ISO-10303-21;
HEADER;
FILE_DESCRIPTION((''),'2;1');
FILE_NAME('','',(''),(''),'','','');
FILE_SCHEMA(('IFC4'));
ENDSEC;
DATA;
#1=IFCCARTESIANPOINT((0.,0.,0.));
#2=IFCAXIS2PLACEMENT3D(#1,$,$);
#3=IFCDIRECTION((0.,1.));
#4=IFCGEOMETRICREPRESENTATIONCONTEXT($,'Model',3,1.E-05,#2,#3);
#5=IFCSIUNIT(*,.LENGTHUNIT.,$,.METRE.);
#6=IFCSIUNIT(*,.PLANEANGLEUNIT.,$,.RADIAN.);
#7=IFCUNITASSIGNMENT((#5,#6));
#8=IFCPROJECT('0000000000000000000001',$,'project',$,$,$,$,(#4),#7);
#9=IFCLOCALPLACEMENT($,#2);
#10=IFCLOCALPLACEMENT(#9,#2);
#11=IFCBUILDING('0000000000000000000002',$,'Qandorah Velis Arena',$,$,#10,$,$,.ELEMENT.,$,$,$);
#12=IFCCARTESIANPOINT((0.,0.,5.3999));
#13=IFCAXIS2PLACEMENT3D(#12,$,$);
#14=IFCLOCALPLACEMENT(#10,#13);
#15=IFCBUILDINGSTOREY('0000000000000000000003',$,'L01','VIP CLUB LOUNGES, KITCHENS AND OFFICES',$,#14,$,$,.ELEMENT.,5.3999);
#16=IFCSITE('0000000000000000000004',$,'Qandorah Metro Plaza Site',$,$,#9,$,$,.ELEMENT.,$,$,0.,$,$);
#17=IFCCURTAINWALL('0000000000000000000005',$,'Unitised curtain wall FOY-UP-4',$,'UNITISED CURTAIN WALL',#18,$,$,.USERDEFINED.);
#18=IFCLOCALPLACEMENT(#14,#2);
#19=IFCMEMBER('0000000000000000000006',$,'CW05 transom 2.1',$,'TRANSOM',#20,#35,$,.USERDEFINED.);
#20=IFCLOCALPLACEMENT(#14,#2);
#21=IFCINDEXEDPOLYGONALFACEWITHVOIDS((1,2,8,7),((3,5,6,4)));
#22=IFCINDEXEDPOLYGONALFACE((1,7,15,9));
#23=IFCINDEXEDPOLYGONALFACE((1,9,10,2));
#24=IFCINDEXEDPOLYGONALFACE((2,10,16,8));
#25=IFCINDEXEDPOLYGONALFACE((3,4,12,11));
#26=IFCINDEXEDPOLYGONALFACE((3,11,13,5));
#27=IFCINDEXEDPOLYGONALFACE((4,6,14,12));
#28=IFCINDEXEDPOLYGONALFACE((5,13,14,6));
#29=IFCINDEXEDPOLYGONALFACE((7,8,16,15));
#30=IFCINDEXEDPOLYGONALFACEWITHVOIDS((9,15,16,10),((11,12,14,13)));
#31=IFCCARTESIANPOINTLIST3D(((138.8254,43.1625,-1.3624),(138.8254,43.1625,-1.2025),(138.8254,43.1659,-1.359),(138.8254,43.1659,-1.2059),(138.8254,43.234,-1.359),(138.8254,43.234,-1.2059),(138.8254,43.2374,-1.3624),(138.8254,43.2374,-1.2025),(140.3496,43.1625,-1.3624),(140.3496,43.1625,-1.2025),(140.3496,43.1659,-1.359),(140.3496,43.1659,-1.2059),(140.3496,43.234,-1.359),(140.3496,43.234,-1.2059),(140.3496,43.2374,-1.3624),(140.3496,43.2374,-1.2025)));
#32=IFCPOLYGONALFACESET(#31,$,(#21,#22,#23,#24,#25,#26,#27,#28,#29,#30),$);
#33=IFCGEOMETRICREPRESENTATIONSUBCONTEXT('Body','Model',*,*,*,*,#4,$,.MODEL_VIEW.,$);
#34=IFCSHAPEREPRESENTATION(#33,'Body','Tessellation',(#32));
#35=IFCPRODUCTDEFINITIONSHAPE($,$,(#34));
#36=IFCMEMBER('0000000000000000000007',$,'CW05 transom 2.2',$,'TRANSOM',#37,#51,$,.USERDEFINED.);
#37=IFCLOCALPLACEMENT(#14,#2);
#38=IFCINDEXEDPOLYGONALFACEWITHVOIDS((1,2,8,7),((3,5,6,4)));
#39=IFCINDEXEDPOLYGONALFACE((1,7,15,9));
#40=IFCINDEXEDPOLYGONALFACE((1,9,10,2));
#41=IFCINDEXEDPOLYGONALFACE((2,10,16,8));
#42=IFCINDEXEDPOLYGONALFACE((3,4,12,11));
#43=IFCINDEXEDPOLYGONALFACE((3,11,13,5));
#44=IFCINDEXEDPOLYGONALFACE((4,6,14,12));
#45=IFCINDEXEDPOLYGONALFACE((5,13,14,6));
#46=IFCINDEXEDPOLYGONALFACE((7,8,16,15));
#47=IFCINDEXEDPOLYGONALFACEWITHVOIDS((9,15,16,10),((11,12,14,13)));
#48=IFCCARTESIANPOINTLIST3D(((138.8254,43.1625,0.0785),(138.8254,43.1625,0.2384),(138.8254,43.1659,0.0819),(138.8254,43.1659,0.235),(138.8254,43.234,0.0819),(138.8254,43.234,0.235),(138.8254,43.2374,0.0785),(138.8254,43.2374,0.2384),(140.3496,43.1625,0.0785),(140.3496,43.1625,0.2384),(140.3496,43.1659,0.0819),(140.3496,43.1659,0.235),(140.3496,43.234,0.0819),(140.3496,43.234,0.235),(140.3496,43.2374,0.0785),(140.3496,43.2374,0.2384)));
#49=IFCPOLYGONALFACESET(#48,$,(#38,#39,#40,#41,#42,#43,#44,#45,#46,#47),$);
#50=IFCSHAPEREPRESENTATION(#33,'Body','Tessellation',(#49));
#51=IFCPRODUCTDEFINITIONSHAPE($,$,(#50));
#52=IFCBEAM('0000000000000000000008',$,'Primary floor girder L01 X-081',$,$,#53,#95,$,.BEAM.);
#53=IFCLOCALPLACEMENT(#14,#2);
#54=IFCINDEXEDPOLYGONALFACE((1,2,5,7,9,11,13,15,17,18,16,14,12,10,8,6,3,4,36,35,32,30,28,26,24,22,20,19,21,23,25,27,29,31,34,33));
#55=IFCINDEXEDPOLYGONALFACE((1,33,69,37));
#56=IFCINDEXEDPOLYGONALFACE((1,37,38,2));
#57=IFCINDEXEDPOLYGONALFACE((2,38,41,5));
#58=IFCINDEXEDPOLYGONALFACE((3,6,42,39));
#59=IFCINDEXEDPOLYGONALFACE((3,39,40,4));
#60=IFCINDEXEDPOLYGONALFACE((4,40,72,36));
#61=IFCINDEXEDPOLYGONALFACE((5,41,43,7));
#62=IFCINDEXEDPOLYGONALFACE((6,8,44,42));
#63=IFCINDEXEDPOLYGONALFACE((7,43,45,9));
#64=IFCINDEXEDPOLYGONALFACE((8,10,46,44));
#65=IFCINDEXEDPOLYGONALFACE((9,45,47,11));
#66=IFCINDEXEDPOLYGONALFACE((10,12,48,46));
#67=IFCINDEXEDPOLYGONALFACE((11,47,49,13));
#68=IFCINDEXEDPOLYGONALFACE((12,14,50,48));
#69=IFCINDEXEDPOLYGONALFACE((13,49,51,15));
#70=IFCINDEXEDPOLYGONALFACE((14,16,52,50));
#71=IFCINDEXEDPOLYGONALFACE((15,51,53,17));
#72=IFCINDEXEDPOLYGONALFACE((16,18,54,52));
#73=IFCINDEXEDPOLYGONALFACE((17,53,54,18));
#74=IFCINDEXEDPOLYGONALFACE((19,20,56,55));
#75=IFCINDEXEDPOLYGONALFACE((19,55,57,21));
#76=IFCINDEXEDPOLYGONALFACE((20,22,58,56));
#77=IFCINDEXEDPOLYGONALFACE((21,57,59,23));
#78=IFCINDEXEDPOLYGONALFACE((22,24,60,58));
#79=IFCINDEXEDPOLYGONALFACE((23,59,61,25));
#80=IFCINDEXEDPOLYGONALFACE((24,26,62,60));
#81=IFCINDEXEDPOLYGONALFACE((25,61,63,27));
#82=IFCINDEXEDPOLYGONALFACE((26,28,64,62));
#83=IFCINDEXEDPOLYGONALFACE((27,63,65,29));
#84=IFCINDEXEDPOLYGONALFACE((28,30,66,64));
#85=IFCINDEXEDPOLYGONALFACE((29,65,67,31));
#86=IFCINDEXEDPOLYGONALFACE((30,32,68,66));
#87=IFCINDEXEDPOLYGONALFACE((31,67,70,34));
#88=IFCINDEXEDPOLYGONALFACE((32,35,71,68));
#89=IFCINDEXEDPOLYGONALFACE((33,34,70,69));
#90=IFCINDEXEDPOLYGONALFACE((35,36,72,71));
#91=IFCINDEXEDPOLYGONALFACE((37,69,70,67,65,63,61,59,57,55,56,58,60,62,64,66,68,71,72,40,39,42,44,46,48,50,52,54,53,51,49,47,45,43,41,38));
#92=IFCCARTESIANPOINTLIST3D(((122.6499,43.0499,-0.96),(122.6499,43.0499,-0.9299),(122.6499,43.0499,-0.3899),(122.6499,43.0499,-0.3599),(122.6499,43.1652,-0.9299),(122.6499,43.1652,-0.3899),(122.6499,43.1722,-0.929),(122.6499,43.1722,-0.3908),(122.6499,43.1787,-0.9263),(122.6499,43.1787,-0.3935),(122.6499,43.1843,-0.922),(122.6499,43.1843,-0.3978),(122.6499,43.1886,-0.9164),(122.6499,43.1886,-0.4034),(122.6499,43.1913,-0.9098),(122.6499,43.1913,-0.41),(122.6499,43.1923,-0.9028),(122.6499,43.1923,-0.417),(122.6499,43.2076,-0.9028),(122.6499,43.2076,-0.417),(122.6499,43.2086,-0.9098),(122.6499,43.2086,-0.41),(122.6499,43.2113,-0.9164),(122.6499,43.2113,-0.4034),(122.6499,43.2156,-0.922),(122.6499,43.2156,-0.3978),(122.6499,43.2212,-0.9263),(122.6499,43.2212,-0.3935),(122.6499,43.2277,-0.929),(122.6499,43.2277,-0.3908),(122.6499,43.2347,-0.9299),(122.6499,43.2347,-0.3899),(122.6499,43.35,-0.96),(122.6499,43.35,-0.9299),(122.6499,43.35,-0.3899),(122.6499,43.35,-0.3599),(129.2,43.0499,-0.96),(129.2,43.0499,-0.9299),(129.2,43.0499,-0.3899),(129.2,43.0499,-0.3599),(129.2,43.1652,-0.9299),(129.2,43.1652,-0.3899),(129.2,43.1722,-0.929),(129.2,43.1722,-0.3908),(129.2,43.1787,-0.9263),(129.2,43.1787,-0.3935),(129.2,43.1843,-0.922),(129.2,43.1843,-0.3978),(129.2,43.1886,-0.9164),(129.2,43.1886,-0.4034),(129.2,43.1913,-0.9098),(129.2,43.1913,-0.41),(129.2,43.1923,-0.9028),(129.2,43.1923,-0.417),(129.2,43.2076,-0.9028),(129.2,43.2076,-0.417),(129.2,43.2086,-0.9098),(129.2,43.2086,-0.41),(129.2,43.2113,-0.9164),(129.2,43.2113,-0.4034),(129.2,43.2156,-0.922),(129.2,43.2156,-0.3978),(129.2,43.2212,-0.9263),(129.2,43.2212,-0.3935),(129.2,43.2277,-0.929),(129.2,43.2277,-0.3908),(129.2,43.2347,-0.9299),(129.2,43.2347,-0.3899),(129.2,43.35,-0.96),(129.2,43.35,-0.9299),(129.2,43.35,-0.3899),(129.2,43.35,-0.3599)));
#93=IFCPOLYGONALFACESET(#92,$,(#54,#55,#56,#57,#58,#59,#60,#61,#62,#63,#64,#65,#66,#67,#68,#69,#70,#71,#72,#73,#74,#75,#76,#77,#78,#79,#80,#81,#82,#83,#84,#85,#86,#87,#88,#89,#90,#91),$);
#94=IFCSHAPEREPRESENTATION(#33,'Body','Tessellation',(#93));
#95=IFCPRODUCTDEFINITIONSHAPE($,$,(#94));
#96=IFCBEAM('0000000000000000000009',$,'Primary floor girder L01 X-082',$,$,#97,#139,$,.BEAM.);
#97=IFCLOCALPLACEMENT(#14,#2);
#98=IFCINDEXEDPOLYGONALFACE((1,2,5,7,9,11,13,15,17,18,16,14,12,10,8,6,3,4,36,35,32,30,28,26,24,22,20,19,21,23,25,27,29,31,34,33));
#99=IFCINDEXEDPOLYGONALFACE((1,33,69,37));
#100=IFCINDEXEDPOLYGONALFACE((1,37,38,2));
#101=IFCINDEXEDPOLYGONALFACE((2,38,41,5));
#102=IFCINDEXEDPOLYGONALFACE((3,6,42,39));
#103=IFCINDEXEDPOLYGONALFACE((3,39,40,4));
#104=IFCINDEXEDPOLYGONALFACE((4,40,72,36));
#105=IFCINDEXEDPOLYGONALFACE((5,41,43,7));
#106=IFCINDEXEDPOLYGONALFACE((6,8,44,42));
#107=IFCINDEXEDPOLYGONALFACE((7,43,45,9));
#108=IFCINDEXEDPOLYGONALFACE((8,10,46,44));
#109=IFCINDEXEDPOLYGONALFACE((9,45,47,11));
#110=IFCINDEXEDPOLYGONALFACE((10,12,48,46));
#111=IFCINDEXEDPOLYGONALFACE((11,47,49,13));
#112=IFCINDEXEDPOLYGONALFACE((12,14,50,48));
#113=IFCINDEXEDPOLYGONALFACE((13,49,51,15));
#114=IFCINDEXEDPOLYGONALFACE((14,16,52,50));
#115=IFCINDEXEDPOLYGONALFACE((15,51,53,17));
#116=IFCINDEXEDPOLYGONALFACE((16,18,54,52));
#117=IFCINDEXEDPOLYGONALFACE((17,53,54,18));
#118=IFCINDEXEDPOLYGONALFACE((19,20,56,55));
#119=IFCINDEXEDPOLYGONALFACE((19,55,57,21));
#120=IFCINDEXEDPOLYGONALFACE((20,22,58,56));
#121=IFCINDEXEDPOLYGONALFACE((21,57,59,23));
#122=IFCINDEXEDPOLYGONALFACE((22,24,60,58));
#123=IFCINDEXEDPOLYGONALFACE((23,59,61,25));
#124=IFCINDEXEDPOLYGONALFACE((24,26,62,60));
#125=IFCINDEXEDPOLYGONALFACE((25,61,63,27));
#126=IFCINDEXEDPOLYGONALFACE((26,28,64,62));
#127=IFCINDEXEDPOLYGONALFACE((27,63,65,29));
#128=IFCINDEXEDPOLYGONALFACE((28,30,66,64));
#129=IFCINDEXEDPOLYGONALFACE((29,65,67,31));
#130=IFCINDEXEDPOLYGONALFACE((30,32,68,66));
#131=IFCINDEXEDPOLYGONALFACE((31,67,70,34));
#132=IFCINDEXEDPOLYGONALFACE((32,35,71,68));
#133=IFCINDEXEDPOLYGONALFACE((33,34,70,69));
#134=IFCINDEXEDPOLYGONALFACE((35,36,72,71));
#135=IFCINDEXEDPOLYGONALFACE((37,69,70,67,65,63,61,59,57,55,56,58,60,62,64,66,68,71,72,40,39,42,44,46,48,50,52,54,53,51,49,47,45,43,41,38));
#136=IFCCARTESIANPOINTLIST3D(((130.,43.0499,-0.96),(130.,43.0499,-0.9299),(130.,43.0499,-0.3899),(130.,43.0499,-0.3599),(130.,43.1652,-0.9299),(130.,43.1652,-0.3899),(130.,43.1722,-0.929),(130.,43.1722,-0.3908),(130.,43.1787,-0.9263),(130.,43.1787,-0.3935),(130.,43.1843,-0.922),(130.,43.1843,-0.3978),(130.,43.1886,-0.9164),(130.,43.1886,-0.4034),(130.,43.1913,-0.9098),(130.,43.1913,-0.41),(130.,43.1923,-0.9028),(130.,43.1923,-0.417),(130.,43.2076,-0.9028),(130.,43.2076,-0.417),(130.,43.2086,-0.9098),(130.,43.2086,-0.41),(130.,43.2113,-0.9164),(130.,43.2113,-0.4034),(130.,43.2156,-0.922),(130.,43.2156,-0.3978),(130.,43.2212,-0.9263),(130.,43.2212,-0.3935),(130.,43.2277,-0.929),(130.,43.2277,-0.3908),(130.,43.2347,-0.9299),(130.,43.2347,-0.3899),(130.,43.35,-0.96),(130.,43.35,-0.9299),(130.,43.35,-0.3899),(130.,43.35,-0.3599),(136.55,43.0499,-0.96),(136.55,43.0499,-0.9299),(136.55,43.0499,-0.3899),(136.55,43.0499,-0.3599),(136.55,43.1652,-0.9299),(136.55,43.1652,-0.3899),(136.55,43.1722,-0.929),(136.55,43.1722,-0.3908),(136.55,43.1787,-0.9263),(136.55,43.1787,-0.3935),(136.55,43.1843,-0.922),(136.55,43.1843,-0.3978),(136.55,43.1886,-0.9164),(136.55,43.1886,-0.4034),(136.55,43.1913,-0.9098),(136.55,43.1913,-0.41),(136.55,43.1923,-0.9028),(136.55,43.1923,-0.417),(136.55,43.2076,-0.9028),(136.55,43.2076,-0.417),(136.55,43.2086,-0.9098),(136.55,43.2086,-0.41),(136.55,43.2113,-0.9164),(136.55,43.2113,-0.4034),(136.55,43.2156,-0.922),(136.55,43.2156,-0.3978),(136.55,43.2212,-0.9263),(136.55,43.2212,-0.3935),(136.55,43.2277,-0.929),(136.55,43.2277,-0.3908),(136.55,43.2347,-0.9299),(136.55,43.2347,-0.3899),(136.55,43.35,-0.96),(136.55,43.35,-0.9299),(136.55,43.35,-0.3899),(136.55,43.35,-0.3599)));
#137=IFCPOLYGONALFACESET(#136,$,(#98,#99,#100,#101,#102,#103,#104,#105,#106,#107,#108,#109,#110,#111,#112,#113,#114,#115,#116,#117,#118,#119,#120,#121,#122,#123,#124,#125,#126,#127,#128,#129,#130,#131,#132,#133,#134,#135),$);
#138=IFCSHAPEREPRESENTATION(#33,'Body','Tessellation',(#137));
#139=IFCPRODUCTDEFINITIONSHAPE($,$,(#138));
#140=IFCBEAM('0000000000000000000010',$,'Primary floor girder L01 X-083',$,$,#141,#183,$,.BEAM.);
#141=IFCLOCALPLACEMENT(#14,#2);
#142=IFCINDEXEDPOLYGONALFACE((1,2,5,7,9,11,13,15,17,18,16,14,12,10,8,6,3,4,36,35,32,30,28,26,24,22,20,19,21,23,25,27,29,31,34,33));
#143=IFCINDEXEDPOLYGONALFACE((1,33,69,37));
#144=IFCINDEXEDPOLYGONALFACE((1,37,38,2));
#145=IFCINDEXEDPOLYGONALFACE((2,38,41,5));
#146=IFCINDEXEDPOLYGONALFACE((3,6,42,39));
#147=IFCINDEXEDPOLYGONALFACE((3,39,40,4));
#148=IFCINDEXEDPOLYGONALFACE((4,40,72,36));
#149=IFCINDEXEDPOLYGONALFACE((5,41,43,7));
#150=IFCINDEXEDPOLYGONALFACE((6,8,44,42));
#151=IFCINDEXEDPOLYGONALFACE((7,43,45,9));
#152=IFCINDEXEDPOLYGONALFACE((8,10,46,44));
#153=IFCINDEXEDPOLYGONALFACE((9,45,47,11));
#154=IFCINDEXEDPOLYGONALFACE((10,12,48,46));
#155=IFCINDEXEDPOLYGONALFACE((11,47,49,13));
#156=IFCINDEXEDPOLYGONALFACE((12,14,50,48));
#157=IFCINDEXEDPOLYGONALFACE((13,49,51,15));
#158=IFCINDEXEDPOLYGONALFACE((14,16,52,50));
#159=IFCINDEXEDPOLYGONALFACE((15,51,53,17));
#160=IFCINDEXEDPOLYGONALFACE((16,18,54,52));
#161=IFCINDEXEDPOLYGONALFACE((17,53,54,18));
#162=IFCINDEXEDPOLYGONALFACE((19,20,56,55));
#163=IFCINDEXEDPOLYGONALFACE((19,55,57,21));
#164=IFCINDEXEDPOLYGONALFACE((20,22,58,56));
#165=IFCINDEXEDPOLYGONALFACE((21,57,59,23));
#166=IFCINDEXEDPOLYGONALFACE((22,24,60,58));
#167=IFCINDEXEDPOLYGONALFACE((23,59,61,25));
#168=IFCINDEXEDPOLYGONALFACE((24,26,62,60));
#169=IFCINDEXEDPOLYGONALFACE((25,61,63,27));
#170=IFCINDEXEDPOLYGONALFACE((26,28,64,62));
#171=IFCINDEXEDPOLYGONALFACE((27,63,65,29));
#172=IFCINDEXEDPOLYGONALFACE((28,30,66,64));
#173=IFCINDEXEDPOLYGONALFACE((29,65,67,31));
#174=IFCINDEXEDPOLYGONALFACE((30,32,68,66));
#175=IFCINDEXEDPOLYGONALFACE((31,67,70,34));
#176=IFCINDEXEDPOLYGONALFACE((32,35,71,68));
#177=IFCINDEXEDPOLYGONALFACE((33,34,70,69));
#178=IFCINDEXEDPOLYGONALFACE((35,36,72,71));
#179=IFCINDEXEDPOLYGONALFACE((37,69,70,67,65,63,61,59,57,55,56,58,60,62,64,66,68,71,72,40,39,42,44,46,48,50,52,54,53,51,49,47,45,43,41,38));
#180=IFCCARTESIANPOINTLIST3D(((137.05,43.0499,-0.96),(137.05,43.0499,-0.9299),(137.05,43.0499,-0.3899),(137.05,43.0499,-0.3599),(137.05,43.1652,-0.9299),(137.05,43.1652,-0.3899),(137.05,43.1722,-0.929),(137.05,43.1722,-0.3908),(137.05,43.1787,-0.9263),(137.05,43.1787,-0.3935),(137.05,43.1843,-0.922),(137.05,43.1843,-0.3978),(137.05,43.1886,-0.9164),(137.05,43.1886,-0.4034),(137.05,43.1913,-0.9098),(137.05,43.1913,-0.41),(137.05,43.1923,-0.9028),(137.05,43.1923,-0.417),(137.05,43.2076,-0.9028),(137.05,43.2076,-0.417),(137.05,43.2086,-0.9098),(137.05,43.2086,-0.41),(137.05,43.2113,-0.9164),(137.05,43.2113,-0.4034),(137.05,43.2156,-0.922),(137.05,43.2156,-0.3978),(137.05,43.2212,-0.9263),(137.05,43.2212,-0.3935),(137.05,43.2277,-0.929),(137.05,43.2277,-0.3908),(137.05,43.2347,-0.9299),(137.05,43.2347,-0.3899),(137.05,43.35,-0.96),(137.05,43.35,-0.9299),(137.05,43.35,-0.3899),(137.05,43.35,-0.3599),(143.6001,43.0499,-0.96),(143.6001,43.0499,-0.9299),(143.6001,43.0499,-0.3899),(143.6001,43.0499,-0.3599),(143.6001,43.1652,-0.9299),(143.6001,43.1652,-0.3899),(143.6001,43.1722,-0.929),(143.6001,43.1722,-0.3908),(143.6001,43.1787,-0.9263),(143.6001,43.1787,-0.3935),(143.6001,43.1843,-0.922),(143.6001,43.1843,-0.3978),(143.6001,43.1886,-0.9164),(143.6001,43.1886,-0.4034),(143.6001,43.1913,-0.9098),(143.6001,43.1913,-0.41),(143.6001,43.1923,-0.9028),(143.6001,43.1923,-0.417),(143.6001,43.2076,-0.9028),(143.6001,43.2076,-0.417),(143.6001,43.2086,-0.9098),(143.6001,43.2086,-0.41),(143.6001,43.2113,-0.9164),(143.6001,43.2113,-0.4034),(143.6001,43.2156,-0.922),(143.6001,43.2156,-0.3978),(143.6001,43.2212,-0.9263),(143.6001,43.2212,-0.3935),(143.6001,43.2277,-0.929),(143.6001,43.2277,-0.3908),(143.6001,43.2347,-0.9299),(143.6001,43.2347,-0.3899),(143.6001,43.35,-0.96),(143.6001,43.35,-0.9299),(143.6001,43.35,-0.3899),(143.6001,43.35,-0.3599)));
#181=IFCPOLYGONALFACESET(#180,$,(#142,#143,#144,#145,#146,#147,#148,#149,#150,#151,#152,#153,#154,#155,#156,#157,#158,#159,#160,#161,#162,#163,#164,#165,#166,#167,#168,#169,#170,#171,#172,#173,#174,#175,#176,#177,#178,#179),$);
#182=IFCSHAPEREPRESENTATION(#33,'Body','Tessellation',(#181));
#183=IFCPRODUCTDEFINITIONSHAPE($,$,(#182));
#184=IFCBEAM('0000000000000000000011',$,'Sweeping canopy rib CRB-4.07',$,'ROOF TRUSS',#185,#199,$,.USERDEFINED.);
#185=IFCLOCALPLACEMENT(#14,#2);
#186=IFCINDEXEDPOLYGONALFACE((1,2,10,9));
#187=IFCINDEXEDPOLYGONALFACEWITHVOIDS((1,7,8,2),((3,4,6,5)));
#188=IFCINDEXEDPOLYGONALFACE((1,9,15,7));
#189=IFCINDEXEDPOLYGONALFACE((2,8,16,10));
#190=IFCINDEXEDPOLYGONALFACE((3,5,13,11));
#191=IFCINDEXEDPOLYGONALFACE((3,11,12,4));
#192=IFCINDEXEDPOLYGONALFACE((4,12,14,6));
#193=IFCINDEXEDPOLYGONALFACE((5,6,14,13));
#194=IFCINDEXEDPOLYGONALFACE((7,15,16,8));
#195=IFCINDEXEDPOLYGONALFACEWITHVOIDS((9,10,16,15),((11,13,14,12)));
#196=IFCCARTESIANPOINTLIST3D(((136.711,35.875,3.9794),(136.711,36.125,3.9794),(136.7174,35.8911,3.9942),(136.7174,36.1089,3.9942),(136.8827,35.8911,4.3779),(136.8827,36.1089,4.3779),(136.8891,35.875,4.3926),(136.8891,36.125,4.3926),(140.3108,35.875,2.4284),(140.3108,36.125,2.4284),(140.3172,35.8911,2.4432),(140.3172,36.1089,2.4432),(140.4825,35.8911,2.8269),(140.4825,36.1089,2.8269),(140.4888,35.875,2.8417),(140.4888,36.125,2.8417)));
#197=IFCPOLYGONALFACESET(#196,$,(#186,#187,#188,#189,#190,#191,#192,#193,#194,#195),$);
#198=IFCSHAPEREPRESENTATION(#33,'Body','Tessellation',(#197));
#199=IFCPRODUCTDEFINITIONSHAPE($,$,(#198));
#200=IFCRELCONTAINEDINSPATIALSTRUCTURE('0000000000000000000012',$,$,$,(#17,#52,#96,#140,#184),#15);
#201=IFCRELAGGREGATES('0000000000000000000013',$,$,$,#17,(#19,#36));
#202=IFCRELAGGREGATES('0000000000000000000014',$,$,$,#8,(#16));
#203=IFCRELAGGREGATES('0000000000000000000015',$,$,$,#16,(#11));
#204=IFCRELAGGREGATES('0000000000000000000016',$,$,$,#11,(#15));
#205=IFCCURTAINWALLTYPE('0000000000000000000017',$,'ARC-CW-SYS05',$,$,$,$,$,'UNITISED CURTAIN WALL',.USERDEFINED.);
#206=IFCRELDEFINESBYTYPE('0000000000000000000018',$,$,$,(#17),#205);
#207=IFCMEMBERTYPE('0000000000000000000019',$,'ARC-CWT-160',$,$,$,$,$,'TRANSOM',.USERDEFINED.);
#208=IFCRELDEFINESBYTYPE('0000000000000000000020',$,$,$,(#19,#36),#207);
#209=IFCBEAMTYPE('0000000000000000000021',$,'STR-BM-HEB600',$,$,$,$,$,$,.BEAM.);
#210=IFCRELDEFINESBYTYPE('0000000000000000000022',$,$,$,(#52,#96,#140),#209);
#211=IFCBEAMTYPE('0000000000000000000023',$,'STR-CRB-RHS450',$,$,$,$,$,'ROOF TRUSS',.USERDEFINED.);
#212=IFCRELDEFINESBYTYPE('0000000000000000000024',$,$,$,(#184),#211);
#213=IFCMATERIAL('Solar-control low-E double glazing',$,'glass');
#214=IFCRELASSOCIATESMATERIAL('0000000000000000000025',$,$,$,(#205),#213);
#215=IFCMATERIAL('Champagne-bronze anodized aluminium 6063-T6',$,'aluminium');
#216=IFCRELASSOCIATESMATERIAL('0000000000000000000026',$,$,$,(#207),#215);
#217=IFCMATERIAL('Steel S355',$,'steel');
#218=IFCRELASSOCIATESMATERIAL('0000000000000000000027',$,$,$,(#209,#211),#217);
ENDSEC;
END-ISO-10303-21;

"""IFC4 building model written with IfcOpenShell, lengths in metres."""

from ifc_helpers import new_model, si_unit, direction, frame, origin, origin_2d, place, context, subcontext, project, spatial, hollow_rectangle, i_section, extrude, material, material_profile, profile_set, type_object, element, aggregate, save


model = new_model("IFC4")

# Units and contexts
model_context = context("Model", 3, precision=1e-05, world=origin(), true_north=direction((0.0, 1.0)))
body_context = subcontext(model_context, "Body", "Model", "MODEL_VIEW")
ifc_project = project(units=[si_unit("LENGTHUNIT", "METRE"), si_unit("PLANEANGLEUNIT", "RADIAN")], contexts=[model_context])

# Site, building, storey
site_placement = place(None, origin())
site = spatial("IfcSite", under=ifc_project, at=site_placement, Name="Qandorah Metro Plaza Site", CompositionType="ELEMENT", RefElevation=0.0)
building_placement = place(site_placement, origin())
building = spatial("IfcBuilding", under=site, at=building_placement, Name="Qandorah Velis Arena", CompositionType="ELEMENT")
storey_placement = place(building_placement, frame((0.0, 0.0, 5.3999)))
storey = spatial("IfcBuildingStorey", under=building, at=storey_placement, Name="L01", Description="VIP CLUB LOUNGES, KITCHENS AND OFFICES", CompositionType="ELEMENT", Elevation=5.3999)

# Shared definitions
ifc_material_1 = material(Name="Solar-control low-E double glazing", Category="glass")
ifc_material_2 = material(Name="Champagne-bronze anodized aluminium 6063-T6", Category="aluminium")

# Curtain wall, members
curtain_wall_type_1 = type_object("IfcCurtainWallType", Name="ARC-CW-SYS05", ElementType="UNITISED CURTAIN WALL", PredefinedType="USERDEFINED", material=ifc_material_1)
curtain_wall_1_placement = place(storey_placement, origin())
curtain_wall_1 = element("IfcCurtainWall", 1, at=curtain_wall_1_placement, inside=storey, type_object=curtain_wall_type_1, Name="Unitised curtain wall FOY-UP-4", ObjectType="UNITISED CURTAIN WALL", PredefinedType="USERDEFINED")
ifc_material_profile_1 = material_profile(ifc_material_2, hollow_rectangle(XDim=0.075, YDim=0.1599, WallThickness=0.0034, at=origin_2d()), Name="ALU TRANSOM 75x160")
ifc_profile_set_1 = profile_set([ifc_material_profile_1], Name="Champagne-bronze anodized aluminium 6063-T6")
member_type_1 = type_object("IfcMemberType", Name="ARC-CWT-160", ElementType="TRANSOM", PredefinedType="USERDEFINED", material=ifc_profile_set_1)
member_1_placement = place(storey_placement, frame((138.8254, 43.2, -1.2825), z_axis=(1.0, 0.0, 0.0), x_axis=(0.0, 1.0, 0.0)))
member_1 = element("IfcMember", 2, at=member_1_placement, type_object=member_type_1, Name="CW05 transom 2.1", ObjectType="TRANSOM", PredefinedType="USERDEFINED", context=body_context, shape_type="SweptSolid", body=[
    extrude(hollow_rectangle(XDim=0.075, YDim=0.1599, WallThickness=0.0034, at=origin_2d()), origin(), (0.0, 0.0, 1.0), 1.5242),
])
member_2_placement = place(storey_placement, frame((138.8254, 43.2, 0.1584), z_axis=(1.0, 0.0, 0.0), x_axis=(0.0, 1.0, 0.0)))
member_2 = element("IfcMember", 3, at=member_2_placement, type_object=member_type_1, Name="CW05 transom 2.2", ObjectType="TRANSOM", PredefinedType="USERDEFINED", context=body_context, shape_type="SweptSolid", body=[
    extrude(hollow_rectangle(XDim=0.075, YDim=0.1599, WallThickness=0.0034, at=origin_2d()), origin(), (0.0, 0.0, 1.0), 1.5242),
])

# Beams
ifc_material_3 = material(Name="Steel S355", Category="steel")
ifc_material_profile_2 = material_profile(ifc_material_3, i_section(OverallWidth=0.3, OverallDepth=0.6001, WebThickness=0.0154, FlangeThickness=0.03, FilletRadius=0.0271, at=origin_2d()), Name="HEB 600")
ifc_profile_set_2 = profile_set([ifc_material_profile_2], Name="Steel S355")
beam_type_1 = type_object("IfcBeamType", Name="STR-BM-HEB600", PredefinedType="BEAM", material=ifc_profile_set_2)
for number, where, z_axis, x_axis, name in (
    (4, (122.6499, 43.2, -0.6599), (1.0, 0.0, 0.0), (0.0, 1.0, 0.0), "Primary floor girder L01 X-081"),
    (5, (130.0, 43.2, -0.6599), (1.0, 0.0, 0.0), (0.0, 1.0, 0.0), "Primary floor girder L01 X-082"),
    (6, (137.05, 43.2, -0.6599), (1.0, 0.0, 0.0), (0.0, 1.0, 0.0), "Primary floor girder L01 X-083"),
):
    element("IfcBeam", number, at=place(storey_placement, frame(where, z_axis=z_axis, x_axis=x_axis)), inside=storey, type_object=beam_type_1, Name=name, PredefinedType="BEAM", context=body_context, shape_type="SweptSolid", body=[
        extrude(i_section(OverallWidth=0.3, OverallDepth=0.6001, WebThickness=0.0154, FlangeThickness=0.03, FilletRadius=0.0271, at=origin_2d()), origin(), (0.0, 0.0, 1.0), 6.55),
    ])
ifc_material_profile_3 = material_profile(ifc_material_3, hollow_rectangle(XDim=0.25, YDim=0.45, WallThickness=0.0161, at=origin_2d()), Name="RHS 450x250x16")
ifc_profile_set_3 = profile_set([ifc_material_profile_3], Name="Steel S355")
beam_type_2 = type_object("IfcBeamType", Name="STR-CRB-RHS450", ElementType="ROOF TRUSS", PredefinedType="USERDEFINED", material=ifc_profile_set_3)
for number, where, z_axis, x_axis, name in (
    (7, (136.8, 36.0, 4.186), (0.918383, 0.0, -0.395693), (0.0, 1.0, 0.0), "Sweeping canopy rib CRB-4.07"),
):
    element("IfcBeam", number, at=place(storey_placement, frame(where, z_axis=z_axis, x_axis=x_axis)), inside=storey, type_object=beam_type_2, Name=name, ObjectType="ROOF TRUSS", PredefinedType="USERDEFINED", context=body_context, shape_type="SweptSolid", body=[
        extrude(hollow_rectangle(XDim=0.25, YDim=0.45, WallThickness=0.0161, at=origin_2d()), origin(), (0.0, 0.0, 1.0), 3.9197),
    ])

aggregate(curtain_wall_1, [member_1, member_2])

save(model, "model.ifc")
